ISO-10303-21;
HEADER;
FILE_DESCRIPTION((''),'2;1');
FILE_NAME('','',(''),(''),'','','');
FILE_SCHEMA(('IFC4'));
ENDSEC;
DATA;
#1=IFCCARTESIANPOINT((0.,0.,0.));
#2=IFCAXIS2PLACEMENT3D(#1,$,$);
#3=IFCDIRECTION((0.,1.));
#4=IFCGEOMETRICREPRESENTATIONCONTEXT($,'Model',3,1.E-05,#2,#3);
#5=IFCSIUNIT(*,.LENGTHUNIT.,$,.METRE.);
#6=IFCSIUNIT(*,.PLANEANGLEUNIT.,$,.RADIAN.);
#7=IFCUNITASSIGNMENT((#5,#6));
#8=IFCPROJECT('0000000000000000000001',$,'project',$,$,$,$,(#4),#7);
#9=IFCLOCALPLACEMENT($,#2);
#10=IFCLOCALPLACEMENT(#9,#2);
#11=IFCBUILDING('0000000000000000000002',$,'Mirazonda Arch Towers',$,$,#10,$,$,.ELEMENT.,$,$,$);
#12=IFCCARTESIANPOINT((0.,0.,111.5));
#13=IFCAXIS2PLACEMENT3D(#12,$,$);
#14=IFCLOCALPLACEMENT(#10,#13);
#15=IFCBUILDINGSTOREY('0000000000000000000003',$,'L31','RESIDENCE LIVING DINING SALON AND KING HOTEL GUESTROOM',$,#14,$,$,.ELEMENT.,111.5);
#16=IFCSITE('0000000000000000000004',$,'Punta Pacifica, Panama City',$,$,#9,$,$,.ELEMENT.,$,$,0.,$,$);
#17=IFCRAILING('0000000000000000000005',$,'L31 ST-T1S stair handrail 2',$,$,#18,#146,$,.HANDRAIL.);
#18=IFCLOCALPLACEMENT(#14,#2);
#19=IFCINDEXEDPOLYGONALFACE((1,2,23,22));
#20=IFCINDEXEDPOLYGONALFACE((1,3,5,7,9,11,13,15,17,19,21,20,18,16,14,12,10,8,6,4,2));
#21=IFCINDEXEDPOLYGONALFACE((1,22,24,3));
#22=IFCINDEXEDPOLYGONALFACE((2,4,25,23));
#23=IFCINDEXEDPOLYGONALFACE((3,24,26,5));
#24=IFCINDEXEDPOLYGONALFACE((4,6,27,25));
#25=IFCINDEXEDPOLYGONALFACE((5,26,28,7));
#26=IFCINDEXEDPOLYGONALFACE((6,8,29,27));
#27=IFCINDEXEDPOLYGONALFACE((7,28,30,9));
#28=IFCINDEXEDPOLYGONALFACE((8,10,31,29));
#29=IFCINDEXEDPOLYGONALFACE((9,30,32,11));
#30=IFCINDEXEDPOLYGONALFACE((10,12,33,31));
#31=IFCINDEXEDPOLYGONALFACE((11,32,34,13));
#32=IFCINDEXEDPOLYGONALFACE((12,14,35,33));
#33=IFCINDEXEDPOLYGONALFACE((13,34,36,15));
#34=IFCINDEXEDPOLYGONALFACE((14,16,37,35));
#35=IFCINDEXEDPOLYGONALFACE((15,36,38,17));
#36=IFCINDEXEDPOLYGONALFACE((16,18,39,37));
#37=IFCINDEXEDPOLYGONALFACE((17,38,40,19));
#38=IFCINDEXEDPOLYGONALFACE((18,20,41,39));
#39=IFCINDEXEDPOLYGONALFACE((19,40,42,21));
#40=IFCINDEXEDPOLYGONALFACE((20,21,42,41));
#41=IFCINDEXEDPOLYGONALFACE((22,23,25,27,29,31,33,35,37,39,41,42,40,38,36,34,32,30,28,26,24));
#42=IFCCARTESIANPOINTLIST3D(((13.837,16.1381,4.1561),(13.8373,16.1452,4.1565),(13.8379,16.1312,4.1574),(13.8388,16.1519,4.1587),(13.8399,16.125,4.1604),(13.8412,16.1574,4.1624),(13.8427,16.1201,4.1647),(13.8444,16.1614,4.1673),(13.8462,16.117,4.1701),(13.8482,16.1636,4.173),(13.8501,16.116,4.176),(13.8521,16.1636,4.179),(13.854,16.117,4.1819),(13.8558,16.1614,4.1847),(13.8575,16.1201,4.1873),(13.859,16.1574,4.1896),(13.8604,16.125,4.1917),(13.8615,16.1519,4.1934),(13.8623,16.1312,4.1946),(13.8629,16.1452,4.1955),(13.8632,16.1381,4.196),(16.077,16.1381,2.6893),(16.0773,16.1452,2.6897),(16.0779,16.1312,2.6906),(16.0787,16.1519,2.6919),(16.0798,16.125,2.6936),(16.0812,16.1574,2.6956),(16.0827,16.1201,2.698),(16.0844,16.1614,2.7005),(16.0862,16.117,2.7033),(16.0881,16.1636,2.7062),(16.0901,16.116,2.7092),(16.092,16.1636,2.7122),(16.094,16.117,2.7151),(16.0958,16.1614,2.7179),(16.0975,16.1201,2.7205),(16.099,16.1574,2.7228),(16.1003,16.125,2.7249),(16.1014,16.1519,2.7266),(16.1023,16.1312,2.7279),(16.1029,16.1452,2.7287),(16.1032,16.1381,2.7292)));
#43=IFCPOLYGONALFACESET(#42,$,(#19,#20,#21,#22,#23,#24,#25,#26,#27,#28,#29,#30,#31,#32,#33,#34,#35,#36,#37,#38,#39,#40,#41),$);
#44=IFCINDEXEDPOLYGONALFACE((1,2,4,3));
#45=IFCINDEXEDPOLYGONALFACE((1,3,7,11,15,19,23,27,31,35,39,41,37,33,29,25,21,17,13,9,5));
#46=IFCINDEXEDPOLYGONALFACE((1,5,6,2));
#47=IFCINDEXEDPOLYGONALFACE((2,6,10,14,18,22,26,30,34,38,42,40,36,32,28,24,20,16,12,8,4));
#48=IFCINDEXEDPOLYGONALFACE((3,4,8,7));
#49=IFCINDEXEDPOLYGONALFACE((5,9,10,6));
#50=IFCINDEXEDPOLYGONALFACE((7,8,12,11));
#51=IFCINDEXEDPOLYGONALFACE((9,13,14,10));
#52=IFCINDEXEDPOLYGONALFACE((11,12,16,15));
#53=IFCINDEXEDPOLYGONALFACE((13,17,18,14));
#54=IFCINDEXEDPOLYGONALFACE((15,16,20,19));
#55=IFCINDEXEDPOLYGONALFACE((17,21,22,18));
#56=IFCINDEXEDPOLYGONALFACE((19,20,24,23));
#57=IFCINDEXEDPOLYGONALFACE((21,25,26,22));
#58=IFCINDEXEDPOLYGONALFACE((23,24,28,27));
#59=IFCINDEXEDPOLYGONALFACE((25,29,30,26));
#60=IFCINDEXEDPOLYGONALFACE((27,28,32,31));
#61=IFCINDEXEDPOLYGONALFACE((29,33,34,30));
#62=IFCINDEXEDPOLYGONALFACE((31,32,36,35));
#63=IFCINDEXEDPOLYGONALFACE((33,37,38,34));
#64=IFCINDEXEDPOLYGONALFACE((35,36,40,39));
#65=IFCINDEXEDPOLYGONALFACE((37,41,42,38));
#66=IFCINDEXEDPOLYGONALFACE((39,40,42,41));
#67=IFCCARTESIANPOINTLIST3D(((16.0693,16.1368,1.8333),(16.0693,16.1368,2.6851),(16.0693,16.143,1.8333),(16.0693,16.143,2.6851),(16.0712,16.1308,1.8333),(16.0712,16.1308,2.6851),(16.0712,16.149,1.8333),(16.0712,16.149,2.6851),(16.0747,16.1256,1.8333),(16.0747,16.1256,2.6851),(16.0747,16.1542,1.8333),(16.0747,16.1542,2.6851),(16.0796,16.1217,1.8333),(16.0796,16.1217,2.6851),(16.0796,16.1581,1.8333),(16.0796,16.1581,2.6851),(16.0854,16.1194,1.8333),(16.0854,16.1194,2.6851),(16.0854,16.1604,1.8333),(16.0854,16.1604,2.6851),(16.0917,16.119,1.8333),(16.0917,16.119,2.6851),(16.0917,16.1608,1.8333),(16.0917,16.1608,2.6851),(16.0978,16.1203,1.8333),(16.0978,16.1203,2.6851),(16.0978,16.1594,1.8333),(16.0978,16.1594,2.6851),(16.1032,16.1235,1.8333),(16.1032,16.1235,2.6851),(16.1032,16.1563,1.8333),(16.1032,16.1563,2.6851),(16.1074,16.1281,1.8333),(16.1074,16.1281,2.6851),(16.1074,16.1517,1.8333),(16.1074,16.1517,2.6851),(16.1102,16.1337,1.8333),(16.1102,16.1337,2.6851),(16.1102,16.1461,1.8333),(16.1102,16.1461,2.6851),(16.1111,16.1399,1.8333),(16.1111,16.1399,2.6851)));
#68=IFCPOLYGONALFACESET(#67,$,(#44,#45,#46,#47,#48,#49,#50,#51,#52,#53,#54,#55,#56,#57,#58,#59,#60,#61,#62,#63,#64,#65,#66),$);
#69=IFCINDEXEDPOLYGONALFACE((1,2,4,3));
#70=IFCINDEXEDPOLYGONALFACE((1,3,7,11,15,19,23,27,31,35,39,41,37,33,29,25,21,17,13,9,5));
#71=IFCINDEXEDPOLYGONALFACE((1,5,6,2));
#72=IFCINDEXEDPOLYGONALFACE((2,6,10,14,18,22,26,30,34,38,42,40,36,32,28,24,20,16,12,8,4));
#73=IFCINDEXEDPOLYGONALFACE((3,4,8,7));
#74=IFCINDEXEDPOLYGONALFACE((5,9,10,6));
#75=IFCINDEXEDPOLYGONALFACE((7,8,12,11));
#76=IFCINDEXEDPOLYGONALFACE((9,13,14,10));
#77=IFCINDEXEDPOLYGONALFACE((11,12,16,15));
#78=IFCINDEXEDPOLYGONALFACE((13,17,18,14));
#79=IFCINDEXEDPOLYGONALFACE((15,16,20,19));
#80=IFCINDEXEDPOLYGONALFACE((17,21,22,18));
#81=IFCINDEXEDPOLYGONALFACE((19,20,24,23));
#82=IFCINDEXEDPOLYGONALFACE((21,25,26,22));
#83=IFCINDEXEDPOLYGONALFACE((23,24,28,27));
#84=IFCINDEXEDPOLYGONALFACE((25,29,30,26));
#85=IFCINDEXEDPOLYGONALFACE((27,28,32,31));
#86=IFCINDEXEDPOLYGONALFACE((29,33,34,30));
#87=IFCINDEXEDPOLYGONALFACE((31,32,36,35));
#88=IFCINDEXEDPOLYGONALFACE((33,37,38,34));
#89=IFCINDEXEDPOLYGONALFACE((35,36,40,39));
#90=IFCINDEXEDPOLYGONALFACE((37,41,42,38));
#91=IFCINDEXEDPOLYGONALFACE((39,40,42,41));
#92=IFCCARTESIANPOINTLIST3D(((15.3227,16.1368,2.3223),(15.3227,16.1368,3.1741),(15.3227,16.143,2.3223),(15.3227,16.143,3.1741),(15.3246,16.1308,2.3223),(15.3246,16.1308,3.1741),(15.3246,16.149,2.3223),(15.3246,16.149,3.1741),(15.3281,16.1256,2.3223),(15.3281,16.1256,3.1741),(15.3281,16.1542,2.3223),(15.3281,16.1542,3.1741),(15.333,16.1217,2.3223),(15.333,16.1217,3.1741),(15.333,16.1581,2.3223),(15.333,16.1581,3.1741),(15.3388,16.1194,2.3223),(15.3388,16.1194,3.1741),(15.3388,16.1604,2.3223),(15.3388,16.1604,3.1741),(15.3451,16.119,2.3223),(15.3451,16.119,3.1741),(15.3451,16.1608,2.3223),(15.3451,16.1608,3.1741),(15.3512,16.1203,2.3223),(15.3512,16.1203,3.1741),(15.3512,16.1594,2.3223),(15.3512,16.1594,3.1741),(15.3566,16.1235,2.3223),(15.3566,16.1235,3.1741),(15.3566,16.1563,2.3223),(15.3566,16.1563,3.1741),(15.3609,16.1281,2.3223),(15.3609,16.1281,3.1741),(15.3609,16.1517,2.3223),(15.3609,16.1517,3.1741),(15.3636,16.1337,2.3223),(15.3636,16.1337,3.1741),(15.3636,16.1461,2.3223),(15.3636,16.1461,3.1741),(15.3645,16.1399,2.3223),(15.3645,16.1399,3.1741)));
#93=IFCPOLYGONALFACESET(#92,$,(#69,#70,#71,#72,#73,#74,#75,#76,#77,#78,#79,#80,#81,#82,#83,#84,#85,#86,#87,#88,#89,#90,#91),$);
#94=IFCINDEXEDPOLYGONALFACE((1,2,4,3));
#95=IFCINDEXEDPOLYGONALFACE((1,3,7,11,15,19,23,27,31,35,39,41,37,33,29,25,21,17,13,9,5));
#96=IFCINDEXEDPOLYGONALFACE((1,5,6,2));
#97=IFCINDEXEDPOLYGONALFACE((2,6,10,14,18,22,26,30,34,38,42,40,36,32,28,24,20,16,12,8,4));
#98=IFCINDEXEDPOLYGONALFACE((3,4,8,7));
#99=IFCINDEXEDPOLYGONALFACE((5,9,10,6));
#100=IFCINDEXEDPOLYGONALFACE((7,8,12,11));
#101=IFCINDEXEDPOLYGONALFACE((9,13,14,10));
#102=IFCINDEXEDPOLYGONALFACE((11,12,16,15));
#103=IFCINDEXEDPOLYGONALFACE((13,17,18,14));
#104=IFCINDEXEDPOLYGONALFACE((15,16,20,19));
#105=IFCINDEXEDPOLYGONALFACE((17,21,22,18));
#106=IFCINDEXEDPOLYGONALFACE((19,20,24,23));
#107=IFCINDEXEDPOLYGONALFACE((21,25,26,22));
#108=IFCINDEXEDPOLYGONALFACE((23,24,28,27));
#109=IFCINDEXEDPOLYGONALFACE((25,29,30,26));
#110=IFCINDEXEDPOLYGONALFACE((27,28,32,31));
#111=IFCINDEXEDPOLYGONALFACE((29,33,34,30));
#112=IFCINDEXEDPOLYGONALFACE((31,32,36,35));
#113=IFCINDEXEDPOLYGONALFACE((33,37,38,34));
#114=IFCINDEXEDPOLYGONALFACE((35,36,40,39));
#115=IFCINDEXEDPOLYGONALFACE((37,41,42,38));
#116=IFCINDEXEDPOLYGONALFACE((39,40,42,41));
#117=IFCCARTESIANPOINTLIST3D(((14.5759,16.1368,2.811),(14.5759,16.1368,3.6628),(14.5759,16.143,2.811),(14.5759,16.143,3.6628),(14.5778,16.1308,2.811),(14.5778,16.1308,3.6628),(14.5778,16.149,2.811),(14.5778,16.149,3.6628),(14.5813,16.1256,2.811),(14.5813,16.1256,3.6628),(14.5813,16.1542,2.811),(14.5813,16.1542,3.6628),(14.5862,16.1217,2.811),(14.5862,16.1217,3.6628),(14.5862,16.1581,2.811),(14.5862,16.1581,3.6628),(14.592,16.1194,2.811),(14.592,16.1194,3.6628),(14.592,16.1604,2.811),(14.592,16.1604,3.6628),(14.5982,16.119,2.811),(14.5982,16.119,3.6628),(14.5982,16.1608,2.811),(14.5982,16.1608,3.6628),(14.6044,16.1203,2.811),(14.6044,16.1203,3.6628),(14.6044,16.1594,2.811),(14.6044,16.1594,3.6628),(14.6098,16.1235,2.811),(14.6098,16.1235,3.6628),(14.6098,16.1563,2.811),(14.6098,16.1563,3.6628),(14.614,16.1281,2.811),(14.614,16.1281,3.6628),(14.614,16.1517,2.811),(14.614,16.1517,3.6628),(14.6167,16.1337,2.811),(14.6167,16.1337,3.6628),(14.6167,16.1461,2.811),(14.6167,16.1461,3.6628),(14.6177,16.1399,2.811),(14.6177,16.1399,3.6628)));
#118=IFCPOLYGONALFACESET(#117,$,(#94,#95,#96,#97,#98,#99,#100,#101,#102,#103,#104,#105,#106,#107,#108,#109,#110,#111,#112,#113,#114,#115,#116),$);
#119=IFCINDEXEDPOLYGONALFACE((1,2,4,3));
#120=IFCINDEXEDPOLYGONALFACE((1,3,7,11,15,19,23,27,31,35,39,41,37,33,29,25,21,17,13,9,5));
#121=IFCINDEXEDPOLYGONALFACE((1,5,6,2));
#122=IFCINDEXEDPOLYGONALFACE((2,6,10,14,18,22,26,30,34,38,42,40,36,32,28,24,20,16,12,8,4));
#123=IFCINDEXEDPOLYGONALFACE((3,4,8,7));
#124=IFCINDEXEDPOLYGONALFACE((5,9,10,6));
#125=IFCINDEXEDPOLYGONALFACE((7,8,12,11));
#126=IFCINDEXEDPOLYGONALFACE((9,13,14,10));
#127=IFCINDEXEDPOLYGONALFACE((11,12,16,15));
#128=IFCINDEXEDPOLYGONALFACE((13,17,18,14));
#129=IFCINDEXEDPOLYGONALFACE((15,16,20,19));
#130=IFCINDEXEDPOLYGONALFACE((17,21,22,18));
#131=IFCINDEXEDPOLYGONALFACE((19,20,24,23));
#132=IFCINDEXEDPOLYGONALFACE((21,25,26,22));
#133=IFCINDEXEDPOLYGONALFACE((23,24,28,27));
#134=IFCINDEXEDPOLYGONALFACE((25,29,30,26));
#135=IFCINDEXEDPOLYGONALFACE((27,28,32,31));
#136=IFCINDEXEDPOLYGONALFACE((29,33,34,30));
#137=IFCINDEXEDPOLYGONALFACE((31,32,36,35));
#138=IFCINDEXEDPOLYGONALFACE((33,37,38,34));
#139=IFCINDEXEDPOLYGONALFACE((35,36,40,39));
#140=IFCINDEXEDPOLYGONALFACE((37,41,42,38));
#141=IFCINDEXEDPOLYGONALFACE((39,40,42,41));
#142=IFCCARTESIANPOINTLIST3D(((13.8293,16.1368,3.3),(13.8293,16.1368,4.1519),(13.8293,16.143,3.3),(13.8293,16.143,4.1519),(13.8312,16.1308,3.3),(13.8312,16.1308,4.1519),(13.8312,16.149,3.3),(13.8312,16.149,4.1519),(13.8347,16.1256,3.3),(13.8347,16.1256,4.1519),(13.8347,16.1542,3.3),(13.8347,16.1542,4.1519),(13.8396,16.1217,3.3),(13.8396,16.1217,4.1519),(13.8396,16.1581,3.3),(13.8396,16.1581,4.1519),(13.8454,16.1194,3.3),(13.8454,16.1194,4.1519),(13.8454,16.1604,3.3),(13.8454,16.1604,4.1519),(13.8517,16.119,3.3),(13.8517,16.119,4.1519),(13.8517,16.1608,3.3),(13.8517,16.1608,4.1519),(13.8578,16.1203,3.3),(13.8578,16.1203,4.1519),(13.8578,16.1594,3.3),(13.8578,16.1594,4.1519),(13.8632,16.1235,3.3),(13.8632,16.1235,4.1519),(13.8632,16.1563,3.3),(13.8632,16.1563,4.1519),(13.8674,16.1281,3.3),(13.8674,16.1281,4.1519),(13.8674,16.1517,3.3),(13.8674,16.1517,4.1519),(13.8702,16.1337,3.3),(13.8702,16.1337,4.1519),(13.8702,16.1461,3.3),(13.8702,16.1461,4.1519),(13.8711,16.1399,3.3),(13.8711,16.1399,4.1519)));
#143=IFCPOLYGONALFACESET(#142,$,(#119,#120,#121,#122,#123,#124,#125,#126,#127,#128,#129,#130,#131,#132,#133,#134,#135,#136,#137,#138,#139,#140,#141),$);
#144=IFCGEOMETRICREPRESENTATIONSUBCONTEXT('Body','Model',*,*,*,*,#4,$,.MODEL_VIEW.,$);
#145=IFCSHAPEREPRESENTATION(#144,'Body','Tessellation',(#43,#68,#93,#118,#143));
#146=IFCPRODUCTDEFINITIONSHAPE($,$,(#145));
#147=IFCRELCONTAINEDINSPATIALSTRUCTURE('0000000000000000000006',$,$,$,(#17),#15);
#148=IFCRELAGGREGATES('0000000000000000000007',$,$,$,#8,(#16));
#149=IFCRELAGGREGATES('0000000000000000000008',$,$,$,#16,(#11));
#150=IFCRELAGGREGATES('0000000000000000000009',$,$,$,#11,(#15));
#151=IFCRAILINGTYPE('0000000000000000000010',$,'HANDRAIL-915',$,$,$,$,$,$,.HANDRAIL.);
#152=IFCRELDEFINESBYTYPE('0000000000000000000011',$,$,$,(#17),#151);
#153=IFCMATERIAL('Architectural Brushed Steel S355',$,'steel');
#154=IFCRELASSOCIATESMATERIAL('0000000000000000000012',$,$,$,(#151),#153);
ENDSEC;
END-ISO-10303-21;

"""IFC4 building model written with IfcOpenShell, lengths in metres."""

from ifc_helpers import new_model, si_unit, direction, frame, origin, origin_2d, place, context, subcontext, project, spatial, circle, extrude, material, type_object, element, save


model = new_model("IFC4")

# Units and contexts
model_context = context("Model", 3, precision=1e-05, world=origin(), true_north=direction((0.0, 1.0)))
body_context = subcontext(model_context, "Body", "Model", "MODEL_VIEW")
ifc_project = project(units=[si_unit("LENGTHUNIT", "METRE"), si_unit("PLANEANGLEUNIT", "RADIAN")], contexts=[model_context])

# Site, building, storey
site_placement = place(None, origin())
site = spatial("IfcSite", under=ifc_project, at=site_placement, Name="Punta Pacifica, Panama City", CompositionType="ELEMENT", RefElevation=0.0)
building_placement = place(site_placement, origin())
building = spatial("IfcBuilding", under=site, at=building_placement, Name="Mirazonda Arch Towers", CompositionType="ELEMENT")
storey_placement = place(building_placement, frame((0.0, 0.0, 111.5)))
storey = spatial("IfcBuildingStorey", under=building, at=storey_placement, Name="L31", Description="RESIDENCE LIVING DINING SALON AND KING HOTEL GUESTROOM", CompositionType="ELEMENT", Elevation=111.5)

# Shared definitions
ifc_material_1 = material(Name="Architectural Brushed Steel S355", Category="steel")

# Railing
railing_type_1 = type_object("IfcRailingType", Name="HANDRAIL-915", PredefinedType="HANDRAIL", material=ifc_material_1)
railing_1_placement = place(storey_placement, frame((16.0901, 16.1399, 1.8333)))
element("IfcRailing", 1, at=railing_1_placement, inside=storey, type_object=railing_type_1, Name="L31 ST-T1S stair handrail 2", PredefinedType="HANDRAIL", context=body_context, shape_type="SweptSolid", body=[
    extrude(circle(Radius=0.0239, at=origin_2d()), frame((0.0, 0.0, 0.876), z_axis=(-0.836595, 0.0, 0.547822), x_axis=(0.0, -1.0, 0.0)), (0.0, 0.0, 1.0), 2.6775),
    extrude(circle(Radius=0.021, at=origin_2d()), origin(), (0.0, 0.0, 1.0), 0.8518),
    extrude(circle(Radius=0.021, at=origin_2d()), frame((-0.7466, 0.0, 0.489)), (0.0, 0.0, 1.0), 0.8518),
    extrude(circle(Radius=0.021, at=origin_2d()), frame((-1.4934, 0.0, 0.9778)), (0.0, 0.0, 1.0), 0.8518),
    extrude(circle(Radius=0.021, at=origin_2d()), frame((-2.24, 0.0, 1.4668)), (0.0, 0.0, 1.0), 0.8518),
])

save(model, "model.ifc")
